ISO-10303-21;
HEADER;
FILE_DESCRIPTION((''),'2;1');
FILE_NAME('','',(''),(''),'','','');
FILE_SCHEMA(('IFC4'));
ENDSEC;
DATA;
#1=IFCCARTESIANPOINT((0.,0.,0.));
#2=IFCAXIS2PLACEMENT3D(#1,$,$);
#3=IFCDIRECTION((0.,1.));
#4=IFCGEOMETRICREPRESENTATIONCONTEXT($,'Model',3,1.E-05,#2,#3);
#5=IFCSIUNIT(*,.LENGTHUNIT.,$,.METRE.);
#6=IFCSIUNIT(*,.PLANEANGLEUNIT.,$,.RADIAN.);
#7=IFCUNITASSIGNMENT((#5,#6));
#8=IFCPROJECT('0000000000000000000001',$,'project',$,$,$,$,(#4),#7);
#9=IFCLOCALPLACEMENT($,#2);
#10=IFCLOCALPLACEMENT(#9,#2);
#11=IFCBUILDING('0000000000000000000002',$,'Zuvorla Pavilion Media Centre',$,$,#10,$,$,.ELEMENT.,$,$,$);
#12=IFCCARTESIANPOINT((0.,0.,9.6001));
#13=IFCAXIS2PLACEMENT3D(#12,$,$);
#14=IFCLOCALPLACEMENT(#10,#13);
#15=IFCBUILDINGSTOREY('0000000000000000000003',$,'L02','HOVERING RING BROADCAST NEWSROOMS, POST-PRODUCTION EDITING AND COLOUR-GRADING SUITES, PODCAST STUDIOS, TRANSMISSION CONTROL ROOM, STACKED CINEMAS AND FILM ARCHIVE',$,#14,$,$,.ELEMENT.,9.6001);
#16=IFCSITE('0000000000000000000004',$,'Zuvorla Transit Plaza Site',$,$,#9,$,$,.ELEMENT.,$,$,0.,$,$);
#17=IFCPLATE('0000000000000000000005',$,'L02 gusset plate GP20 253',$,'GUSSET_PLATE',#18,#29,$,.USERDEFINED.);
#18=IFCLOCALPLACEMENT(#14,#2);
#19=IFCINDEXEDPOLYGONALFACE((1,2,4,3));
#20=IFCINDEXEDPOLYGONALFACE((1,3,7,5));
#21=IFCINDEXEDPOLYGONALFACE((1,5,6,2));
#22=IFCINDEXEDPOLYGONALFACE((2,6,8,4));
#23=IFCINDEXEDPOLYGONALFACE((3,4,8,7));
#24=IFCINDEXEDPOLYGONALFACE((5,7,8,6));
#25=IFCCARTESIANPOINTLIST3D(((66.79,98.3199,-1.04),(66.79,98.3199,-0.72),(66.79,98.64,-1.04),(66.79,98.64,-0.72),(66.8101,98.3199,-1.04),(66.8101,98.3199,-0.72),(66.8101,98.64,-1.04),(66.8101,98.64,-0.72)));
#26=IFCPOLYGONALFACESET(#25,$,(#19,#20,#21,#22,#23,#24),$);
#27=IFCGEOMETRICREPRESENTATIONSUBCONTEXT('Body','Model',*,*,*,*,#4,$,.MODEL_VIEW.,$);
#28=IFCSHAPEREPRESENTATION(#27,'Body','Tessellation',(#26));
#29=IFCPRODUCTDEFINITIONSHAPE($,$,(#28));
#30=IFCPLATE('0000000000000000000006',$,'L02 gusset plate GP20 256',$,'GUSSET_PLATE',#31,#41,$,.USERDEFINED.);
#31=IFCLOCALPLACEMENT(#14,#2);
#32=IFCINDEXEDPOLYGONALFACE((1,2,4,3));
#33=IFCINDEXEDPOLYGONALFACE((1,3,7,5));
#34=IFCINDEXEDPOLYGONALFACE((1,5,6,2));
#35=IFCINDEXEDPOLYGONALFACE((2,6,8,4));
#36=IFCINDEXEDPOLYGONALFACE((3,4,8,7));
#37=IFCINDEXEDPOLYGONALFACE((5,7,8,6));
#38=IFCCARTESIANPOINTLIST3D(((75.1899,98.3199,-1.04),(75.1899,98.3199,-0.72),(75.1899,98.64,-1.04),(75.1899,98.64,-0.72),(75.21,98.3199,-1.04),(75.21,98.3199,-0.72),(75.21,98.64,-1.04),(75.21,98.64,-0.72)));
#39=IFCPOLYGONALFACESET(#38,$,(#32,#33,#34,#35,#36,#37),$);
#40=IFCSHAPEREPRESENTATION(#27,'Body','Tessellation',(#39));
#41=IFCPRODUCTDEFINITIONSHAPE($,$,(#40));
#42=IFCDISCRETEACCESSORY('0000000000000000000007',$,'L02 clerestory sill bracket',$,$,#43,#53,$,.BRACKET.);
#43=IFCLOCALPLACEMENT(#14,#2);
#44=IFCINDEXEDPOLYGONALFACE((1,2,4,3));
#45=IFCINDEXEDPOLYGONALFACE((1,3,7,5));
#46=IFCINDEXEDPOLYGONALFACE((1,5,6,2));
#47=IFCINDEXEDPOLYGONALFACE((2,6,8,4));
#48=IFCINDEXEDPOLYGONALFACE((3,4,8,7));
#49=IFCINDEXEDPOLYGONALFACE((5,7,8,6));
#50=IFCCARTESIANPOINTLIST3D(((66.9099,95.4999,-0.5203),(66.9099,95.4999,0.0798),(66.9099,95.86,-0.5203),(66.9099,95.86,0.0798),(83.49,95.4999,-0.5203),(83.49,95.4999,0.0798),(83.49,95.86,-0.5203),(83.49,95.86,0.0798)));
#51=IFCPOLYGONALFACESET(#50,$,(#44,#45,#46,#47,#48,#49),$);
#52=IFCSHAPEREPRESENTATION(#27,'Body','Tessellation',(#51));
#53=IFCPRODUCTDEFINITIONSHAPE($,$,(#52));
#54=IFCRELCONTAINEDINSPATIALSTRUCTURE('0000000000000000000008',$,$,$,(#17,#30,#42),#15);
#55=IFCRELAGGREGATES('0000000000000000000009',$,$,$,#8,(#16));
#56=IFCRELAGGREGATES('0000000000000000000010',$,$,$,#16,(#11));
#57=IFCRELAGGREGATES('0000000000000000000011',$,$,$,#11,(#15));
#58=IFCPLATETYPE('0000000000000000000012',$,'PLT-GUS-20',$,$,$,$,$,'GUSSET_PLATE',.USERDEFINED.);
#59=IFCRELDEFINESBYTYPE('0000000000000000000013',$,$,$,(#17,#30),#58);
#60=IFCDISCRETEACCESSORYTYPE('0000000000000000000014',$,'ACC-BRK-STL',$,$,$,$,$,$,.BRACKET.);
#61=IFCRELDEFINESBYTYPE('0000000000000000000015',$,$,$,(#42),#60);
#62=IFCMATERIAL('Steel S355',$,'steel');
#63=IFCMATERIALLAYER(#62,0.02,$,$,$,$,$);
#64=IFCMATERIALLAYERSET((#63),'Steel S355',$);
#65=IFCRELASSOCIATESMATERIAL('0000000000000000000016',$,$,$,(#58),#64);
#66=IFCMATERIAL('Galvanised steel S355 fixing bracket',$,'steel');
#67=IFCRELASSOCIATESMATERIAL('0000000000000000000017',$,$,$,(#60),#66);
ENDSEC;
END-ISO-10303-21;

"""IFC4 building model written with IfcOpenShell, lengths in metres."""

from ifc_helpers import new_model, si_unit, direction, frame, origin, origin_2d, place, context, subcontext, project, spatial, rectangle, extrude, material, layer, layer_set, type_object, element, save


model = new_model("IFC4")

# Units and contexts
model_context = context("Model", 3, precision=1e-05, world=origin(), true_north=direction((0.0, 1.0)))
body_context = subcontext(model_context, "Body", "Model", "MODEL_VIEW")
ifc_project = project(units=[si_unit("LENGTHUNIT", "METRE"), si_unit("PLANEANGLEUNIT", "RADIAN")], contexts=[model_context])

# Site, building, storey
site_placement = place(None, origin())
site = spatial("IfcSite", under=ifc_project, at=site_placement, Name="Zuvorla Transit Plaza Site", CompositionType="ELEMENT", RefElevation=0.0)
building_placement = place(site_placement, origin())
building = spatial("IfcBuilding", under=site, at=building_placement, Name="Zuvorla Pavilion Media Centre", CompositionType="ELEMENT")
storey_placement = place(building_placement, frame((0.0, 0.0, 9.6001)))
storey = spatial("IfcBuildingStorey", under=building, at=storey_placement, Name="L02", Description="HOVERING RING BROADCAST NEWSROOMS, POST-PRODUCTION EDITING AND COLOUR-GRADING SUITES, PODCAST STUDIOS, TRANSMISSION CONTROL ROOM, STACKED CINEMAS AND FILM ARCHIVE", CompositionType="ELEMENT", Elevation=9.6001)

# Shared definitions
ifc_material_1 = material(Name="Steel S355", Category="steel")

# Plates
ifc_layer_1 = layer(ifc_material_1, 0.02)
ifc_layer_set_1 = layer_set([ifc_layer_1], Name="Steel S355")
plate_type_1 = type_object("IfcPlateType", Name="PLT-GUS-20", ElementType="GUSSET_PLATE", PredefinedType="USERDEFINED", material=ifc_layer_set_1)
for number, where, z_axis, x_axis, name in (
    (1, (66.8, 98.48, -1.04), (0.0, 0.0, 1.0), (1.0, 0.0, 0.0), "L02 gusset plate GP20 253"),
    (2, (75.2, 98.48, -1.04), (0.0, 0.0, 1.0), (1.0, 0.0, 0.0), "L02 gusset plate GP20 256"),
):
    element("IfcPlate", number, at=place(storey_placement, frame(where, z_axis=z_axis, x_axis=x_axis)), inside=storey, type_object=plate_type_1, Name=name, ObjectType="GUSSET_PLATE", PredefinedType="USERDEFINED", context=body_context, shape_type="SweptSolid", body=[
        extrude(rectangle(XDim=0.02, YDim=0.3201, at=origin_2d()), origin(), (0.0, 0.0, 1.0), 0.3201),
    ])

# Discrete accessory
ifc_material_2 = material(Name="Galvanised steel S355 fixing bracket", Category="steel")
discrete_accessory_type = type_object("IfcDiscreteAccessoryType", Name="ACC-BRK-STL", PredefinedType="BRACKET", material=ifc_material_2)
discrete_accessory_placement = place(storey_placement, frame((75.2, 95.6799, -0.5203), z_axis=(0.0, 0.0, 1.0), x_axis=(1.0, 0.0, 0.0)))
element("IfcDiscreteAccessory", 3, at=discrete_accessory_placement, inside=storey, type_object=discrete_accessory_type, Name="L02 clerestory sill bracket", PredefinedType="BRACKET", context=body_context, shape_type="SweptSolid", body=[
    extrude(rectangle(XDim=16.5801, YDim=0.3601, at=origin_2d()), origin(), (0.0, 0.0, 1.0), 0.6001),
])

save(model, "model.ifc")
